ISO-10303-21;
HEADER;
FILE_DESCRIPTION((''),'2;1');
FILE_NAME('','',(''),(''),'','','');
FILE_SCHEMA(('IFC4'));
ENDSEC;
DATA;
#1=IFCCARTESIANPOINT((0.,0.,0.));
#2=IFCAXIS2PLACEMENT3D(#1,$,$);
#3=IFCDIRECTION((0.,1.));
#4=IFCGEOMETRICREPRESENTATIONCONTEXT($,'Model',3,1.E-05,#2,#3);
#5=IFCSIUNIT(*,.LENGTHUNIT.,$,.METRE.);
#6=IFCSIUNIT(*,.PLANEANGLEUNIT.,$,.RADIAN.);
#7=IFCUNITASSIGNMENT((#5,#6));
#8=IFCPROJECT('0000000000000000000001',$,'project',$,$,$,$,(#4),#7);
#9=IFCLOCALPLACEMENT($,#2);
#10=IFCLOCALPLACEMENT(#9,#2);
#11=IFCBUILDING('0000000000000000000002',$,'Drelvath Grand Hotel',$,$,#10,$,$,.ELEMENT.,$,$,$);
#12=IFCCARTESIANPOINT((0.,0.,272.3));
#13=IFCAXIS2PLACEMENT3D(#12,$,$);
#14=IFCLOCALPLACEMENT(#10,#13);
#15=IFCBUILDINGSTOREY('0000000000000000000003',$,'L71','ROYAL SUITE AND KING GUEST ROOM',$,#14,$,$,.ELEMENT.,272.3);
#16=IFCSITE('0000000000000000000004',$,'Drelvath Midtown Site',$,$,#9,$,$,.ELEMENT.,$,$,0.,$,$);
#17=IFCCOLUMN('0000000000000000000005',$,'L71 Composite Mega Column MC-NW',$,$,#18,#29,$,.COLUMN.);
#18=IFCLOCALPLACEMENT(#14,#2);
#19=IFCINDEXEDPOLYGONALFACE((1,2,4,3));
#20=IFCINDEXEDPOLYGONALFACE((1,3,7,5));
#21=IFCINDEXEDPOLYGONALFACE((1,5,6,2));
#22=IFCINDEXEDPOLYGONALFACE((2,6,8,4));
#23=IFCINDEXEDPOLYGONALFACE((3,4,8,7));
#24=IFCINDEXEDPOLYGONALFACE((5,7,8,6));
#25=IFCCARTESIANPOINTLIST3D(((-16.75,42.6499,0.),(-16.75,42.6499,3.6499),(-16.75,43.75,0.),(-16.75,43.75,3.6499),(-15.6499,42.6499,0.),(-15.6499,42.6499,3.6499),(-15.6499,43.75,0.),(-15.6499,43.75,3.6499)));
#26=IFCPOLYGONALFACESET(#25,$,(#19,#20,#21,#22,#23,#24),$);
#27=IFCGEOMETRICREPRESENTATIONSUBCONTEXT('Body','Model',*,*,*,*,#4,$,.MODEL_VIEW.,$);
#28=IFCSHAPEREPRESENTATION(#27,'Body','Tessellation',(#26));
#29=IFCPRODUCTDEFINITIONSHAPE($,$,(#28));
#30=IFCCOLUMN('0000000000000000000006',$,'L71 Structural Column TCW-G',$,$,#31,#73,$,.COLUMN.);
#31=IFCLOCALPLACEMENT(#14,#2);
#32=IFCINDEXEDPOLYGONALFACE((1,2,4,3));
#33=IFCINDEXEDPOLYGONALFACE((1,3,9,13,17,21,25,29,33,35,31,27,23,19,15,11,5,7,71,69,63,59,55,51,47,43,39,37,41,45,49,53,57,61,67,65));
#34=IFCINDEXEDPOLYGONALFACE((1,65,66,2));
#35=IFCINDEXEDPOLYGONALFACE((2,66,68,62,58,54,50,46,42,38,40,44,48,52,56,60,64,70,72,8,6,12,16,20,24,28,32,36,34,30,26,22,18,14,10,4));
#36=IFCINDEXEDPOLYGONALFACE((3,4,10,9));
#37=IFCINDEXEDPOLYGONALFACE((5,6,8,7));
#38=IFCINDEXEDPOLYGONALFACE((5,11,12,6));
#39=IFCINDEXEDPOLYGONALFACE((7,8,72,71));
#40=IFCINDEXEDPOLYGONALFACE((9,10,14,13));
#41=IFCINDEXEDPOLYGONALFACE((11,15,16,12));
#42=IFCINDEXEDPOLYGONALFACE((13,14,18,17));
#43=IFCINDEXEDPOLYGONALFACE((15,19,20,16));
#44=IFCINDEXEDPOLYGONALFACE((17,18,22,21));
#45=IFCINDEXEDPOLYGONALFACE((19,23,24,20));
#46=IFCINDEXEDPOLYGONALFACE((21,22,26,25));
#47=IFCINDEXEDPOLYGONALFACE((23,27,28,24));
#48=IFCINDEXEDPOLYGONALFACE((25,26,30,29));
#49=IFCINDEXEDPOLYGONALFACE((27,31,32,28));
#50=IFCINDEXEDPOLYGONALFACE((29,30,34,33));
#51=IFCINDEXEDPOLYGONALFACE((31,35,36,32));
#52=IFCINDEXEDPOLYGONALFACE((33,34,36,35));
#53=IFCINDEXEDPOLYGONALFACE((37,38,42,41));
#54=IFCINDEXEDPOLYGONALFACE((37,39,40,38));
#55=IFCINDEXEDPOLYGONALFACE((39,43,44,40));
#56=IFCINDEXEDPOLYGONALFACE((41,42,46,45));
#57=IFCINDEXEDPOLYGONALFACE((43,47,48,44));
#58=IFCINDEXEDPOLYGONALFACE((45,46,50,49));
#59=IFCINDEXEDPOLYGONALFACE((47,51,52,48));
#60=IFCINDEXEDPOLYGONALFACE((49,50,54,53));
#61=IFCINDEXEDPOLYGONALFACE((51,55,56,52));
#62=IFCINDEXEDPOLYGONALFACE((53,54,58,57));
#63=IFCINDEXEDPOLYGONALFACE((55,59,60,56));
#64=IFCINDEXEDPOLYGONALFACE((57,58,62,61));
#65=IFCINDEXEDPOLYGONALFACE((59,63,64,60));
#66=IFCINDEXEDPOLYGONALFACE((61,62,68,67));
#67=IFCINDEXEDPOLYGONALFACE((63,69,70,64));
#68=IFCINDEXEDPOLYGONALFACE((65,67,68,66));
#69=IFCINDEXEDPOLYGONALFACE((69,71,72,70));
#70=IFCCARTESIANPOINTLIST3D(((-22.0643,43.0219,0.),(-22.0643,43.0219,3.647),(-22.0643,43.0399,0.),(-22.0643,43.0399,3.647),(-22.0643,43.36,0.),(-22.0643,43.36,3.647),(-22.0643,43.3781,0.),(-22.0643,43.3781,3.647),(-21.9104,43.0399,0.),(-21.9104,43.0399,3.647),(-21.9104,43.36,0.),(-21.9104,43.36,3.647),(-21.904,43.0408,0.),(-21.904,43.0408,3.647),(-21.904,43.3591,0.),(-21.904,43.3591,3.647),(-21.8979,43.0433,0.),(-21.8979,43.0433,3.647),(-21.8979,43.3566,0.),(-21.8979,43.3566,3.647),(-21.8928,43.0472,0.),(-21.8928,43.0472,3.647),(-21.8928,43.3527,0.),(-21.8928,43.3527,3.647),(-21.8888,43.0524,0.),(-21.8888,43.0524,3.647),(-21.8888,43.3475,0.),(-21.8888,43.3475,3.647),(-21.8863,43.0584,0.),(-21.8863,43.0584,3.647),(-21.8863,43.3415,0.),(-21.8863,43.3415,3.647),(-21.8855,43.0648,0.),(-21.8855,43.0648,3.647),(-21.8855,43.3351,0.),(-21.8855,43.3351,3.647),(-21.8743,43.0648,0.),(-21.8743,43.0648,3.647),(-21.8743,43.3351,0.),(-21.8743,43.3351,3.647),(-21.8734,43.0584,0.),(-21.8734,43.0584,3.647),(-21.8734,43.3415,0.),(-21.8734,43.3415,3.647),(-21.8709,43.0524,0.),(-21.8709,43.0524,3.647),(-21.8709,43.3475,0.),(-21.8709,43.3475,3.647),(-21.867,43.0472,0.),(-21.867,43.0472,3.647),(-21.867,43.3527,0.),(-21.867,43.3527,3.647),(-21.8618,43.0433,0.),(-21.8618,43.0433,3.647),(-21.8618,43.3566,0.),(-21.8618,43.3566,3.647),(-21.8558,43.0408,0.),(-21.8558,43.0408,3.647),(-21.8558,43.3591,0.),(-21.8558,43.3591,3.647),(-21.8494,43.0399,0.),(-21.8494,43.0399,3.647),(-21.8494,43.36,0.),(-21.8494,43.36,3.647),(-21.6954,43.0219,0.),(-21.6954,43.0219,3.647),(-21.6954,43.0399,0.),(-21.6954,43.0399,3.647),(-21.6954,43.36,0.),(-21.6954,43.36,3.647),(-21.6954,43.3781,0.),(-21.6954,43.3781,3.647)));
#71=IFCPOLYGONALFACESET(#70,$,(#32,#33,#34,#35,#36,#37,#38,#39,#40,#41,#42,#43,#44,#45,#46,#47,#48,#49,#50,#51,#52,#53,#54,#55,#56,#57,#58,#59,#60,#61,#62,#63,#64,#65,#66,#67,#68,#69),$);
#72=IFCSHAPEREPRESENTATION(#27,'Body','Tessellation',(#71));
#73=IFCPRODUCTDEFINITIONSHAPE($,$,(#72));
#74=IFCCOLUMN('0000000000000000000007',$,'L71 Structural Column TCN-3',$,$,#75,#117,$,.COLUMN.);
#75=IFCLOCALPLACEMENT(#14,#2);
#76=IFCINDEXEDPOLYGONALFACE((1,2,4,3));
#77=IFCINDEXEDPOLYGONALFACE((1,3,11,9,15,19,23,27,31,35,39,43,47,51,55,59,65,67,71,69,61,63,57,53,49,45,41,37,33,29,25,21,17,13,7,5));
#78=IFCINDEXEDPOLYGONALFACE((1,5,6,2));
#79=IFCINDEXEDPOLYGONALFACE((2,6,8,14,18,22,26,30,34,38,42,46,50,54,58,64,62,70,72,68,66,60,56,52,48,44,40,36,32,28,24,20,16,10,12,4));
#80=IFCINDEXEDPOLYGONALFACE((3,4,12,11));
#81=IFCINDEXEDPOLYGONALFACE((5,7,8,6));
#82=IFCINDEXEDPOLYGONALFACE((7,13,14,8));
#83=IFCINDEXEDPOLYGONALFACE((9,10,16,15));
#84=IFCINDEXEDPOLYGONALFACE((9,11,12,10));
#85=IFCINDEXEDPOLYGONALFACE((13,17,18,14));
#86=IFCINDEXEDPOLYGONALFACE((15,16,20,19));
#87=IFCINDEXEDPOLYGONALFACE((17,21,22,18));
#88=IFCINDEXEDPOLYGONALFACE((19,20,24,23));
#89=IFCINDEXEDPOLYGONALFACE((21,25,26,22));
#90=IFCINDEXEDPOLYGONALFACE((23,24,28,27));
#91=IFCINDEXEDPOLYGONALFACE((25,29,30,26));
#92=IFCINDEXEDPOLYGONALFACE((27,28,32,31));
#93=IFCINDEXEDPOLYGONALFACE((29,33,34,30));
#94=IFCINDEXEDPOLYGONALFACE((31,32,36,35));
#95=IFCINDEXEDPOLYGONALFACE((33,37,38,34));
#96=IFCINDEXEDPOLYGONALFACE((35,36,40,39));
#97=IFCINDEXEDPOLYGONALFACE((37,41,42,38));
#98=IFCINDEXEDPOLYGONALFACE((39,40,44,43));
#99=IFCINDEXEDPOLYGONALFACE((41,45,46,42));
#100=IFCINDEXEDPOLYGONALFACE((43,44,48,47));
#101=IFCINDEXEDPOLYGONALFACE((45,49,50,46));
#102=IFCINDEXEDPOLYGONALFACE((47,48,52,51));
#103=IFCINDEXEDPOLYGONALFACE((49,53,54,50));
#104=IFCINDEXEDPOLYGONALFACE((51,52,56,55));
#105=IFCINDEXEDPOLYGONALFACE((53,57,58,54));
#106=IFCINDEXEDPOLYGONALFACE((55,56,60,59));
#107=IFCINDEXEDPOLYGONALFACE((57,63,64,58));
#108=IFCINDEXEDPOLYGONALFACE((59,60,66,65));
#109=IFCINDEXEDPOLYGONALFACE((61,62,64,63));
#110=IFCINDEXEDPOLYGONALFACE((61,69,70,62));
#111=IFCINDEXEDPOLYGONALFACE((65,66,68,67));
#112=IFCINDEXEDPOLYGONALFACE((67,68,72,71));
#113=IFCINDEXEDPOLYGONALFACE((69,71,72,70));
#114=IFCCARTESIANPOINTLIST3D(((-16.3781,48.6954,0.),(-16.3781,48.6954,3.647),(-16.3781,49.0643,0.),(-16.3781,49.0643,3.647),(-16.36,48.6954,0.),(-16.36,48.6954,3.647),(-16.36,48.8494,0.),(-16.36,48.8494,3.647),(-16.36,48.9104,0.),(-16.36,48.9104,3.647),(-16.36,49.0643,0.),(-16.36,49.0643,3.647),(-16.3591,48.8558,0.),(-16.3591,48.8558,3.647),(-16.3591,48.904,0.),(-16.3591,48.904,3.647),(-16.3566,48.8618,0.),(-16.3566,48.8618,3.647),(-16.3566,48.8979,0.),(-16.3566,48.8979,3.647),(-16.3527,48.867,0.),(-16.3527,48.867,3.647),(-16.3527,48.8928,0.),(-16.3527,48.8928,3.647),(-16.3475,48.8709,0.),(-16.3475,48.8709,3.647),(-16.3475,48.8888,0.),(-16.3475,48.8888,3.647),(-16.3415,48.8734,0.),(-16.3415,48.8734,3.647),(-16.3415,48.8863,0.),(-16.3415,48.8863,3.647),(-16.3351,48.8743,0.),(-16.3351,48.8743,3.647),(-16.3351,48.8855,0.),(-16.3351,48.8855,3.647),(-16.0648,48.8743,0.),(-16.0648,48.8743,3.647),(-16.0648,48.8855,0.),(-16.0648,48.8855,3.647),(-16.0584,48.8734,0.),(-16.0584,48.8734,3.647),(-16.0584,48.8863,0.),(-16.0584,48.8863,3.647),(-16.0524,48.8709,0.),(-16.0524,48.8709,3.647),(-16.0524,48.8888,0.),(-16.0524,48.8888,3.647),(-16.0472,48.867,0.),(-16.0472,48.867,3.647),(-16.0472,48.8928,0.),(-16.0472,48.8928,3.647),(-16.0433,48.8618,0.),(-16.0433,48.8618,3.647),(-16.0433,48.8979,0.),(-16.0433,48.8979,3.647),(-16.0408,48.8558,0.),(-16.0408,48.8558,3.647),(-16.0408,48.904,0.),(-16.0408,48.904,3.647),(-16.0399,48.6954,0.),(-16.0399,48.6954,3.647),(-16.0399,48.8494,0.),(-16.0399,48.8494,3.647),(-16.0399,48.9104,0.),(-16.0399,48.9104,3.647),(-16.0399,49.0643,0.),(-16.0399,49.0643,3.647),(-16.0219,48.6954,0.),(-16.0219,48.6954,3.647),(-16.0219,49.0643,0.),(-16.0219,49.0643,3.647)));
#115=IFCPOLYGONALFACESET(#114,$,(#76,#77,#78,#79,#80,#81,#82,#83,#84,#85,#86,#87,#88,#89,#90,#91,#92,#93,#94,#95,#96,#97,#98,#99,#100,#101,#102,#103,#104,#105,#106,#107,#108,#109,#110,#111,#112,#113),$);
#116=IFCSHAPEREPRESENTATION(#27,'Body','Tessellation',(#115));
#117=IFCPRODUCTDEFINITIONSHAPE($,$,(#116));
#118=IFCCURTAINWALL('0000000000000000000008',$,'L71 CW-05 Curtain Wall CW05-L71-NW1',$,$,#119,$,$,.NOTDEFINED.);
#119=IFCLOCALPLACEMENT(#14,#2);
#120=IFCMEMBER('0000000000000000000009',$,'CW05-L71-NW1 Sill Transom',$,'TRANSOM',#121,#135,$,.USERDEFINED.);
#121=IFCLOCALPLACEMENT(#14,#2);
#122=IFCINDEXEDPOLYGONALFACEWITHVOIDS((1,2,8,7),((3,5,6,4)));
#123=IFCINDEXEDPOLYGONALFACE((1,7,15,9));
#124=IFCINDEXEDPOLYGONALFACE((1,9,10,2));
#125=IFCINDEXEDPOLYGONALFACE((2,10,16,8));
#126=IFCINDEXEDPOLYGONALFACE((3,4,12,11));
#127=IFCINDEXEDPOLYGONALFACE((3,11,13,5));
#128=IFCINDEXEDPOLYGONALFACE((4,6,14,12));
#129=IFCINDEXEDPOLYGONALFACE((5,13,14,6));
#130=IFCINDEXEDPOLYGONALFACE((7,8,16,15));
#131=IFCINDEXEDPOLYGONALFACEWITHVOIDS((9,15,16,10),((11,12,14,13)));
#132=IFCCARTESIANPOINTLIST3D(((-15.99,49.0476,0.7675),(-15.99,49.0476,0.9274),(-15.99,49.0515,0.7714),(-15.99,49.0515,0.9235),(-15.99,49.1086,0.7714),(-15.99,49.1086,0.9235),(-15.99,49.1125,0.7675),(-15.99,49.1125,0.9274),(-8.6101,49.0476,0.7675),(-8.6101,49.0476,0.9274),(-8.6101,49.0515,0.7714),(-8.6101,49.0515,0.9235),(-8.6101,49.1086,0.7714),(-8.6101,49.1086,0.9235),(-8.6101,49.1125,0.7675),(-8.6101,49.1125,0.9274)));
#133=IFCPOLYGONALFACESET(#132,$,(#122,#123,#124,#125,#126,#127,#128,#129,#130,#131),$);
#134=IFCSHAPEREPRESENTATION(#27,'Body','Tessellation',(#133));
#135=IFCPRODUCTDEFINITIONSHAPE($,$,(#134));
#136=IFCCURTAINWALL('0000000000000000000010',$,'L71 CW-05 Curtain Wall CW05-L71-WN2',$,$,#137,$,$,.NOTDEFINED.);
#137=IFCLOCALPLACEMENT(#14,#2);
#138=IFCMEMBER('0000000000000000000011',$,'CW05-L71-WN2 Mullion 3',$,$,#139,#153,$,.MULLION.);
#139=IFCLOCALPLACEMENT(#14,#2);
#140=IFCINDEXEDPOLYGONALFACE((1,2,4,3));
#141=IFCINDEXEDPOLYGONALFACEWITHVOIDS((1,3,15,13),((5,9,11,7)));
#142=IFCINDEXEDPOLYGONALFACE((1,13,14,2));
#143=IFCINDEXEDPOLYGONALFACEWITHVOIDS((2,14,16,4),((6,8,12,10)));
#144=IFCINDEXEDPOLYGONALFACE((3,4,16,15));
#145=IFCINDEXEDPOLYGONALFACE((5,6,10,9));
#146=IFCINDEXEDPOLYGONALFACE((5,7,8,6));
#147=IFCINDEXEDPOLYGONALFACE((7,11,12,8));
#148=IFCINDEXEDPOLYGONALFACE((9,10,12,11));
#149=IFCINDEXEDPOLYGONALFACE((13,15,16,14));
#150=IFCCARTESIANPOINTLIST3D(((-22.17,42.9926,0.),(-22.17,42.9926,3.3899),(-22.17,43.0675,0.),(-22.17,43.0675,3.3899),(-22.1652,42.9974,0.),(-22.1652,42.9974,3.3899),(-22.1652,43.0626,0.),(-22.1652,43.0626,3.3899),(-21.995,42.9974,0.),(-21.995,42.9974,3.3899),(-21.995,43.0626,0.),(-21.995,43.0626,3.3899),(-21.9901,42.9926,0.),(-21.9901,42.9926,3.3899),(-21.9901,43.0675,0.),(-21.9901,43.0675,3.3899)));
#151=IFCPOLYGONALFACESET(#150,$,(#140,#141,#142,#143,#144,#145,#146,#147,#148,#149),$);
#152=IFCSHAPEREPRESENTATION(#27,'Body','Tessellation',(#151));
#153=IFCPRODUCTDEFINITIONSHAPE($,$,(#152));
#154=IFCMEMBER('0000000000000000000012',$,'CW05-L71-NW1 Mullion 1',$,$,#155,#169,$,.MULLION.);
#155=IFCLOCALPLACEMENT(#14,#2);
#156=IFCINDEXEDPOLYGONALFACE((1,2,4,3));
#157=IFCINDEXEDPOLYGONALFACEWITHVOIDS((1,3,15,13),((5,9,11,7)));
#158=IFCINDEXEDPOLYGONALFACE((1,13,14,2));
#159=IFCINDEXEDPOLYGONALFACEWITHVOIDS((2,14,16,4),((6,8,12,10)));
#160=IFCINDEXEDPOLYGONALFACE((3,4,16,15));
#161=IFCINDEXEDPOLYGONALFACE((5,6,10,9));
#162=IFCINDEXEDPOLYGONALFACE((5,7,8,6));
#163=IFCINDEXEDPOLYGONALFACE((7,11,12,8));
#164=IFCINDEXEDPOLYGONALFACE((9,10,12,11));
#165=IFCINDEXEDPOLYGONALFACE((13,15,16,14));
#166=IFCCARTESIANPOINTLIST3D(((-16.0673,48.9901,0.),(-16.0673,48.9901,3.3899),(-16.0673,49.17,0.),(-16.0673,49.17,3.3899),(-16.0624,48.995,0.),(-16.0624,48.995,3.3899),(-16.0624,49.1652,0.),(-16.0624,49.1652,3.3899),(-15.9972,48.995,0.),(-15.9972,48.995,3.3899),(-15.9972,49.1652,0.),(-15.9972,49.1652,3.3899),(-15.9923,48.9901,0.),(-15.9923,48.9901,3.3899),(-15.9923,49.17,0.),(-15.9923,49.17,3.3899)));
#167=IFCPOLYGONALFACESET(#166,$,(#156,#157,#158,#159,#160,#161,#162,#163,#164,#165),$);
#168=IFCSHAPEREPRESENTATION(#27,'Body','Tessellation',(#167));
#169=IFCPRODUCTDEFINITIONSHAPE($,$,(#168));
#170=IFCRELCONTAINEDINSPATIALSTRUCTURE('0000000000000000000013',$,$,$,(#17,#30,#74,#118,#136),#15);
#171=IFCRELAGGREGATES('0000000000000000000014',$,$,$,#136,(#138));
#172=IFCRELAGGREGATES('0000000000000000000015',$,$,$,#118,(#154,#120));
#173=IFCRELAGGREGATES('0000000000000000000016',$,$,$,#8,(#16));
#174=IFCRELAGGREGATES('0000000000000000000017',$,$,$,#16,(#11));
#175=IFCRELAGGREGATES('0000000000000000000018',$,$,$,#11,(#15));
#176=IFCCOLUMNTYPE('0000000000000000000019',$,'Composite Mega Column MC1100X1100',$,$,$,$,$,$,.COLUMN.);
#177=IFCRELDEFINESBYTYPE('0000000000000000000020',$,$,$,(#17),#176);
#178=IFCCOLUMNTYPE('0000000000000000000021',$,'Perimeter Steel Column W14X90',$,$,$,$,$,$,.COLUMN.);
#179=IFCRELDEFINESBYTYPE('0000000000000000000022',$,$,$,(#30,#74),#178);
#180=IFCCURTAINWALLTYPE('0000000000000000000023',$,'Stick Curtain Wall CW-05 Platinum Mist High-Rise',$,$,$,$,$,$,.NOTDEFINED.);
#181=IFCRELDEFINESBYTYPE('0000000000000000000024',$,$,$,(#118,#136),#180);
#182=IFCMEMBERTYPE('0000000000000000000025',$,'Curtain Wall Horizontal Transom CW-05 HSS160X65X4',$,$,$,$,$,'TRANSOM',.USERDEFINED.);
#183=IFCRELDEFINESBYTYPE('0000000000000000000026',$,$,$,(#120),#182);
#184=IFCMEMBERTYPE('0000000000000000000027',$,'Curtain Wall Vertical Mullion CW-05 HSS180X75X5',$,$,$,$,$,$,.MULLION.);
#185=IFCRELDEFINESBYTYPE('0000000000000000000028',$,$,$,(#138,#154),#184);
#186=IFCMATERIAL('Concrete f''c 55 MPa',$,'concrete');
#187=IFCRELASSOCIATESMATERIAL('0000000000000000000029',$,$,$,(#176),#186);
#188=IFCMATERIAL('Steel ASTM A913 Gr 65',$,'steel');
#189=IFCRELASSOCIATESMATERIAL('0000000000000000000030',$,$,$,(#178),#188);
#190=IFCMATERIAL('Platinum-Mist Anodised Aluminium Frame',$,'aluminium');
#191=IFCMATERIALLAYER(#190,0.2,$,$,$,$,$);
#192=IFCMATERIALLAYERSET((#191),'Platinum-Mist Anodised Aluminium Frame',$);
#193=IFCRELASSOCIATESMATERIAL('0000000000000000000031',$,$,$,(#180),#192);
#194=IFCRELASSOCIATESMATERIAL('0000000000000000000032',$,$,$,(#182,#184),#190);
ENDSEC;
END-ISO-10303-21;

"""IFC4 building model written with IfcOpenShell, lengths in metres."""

from ifc_helpers import new_model, si_unit, direction, frame, origin, origin_2d, place, context, subcontext, project, spatial, rectangle, hollow_rectangle, i_section, extrude, material, layer, layer_set, material_profile, profile_set, type_object, element, aggregate, save


model = new_model("IFC4")

# Units and contexts
model_context = context("Model", 3, precision=1e-05, world=origin(), true_north=direction((0.0, 1.0)))
body_context = subcontext(model_context, "Body", "Model", "MODEL_VIEW")
ifc_project = project(units=[si_unit("LENGTHUNIT", "METRE"), si_unit("PLANEANGLEUNIT", "RADIAN")], contexts=[model_context])

# Site, building, storey
site_placement = place(None, origin())
site = spatial("IfcSite", under=ifc_project, at=site_placement, Name="Drelvath Midtown Site", CompositionType="ELEMENT", RefElevation=0.0)
building_placement = place(site_placement, origin())
building = spatial("IfcBuilding", under=site, at=building_placement, Name="Drelvath Grand Hotel", CompositionType="ELEMENT")
storey_placement = place(building_placement, frame((0.0, 0.0, 272.3)))
storey = spatial("IfcBuildingStorey", under=building, at=storey_placement, Name="L71", Description="ROYAL SUITE AND KING GUEST ROOM", CompositionType="ELEMENT", Elevation=272.3)

# Columns
ifc_material_1 = material(Name="Concrete f'c 55 MPa", Category="concrete")
ifc_material_profile_1 = material_profile(ifc_material_1, rectangle(XDim=1.1001, YDim=1.1001, at=origin_2d()), Name="MC1100X1100")
ifc_profile_set_1 = profile_set([ifc_material_profile_1], Name="Concrete f'c 55 MPa")
column_type_1 = type_object("IfcColumnType", Name="Composite Mega Column MC1100X1100", PredefinedType="COLUMN", material=ifc_profile_set_1)
column_placement = place(storey_placement, frame((-16.2, 43.2, 0.0), z_axis=(0.0, 0.0, 1.0), x_axis=(1.0, 0.0, 0.0)))
element("IfcColumn", 1, at=column_placement, inside=storey, type_object=column_type_1, Name="L71 Composite Mega Column MC-NW", PredefinedType="COLUMN", context=body_context, shape_type="SweptSolid", body=[
    extrude(rectangle(XDim=1.1001, YDim=1.1001, at=origin_2d()), origin(), (0.0, 0.0, 1.0), 3.6499),
])
ifc_material_2 = material(Name="Steel ASTM A913 Gr 65", Category="steel")
ifc_material_profile_2 = material_profile(ifc_material_2, i_section(OverallWidth=0.3689, OverallDepth=0.3562, WebThickness=0.0112, FlangeThickness=0.0181, FilletRadius=0.0249, at=origin_2d()), Name="W14X90")
ifc_profile_set_2 = profile_set([ifc_material_profile_2], Name="Steel ASTM A913 Gr 65")
column_type_2 = type_object("IfcColumnType", Name="Perimeter Steel Column W14X90", PredefinedType="COLUMN", material=ifc_profile_set_2)
for number, where, z_axis, x_axis, name in (
    (2, (-21.8799, 43.2, 0.0), (0.0, 0.0, 1.0), (1.0, 0.0, 0.0), "L71 Structural Column TCW-G"),
    (3, (-16.2, 48.8799, 0.0), (0.0, 0.0, 1.0), (0.0, 1.0, 0.0), "L71 Structural Column TCN-3"),
):
    element("IfcColumn", number, at=place(storey_placement, frame(where, z_axis=z_axis, x_axis=x_axis)), inside=storey, type_object=column_type_2, Name=name, PredefinedType="COLUMN", context=body_context, shape_type="SweptSolid", body=[
        extrude(i_section(OverallWidth=0.3689, OverallDepth=0.3562, WebThickness=0.0112, FlangeThickness=0.0181, FilletRadius=0.0249, at=origin_2d()), origin(), (0.0, 0.0, 1.0), 3.647),
    ])

# Curtain walls, members
ifc_material_3 = material(Name="Platinum-Mist Anodised Aluminium Frame", Category="aluminium")
ifc_layer_1 = layer(ifc_material_3, 0.2)
ifc_layer_set_1 = layer_set([ifc_layer_1], Name="Platinum-Mist Anodised Aluminium Frame")
curtain_wall_type = type_object("IfcCurtainWallType", Name="Stick Curtain Wall CW-05 Platinum Mist High-Rise", PredefinedType="NOTDEFINED", material=ifc_layer_set_1)
curtain_wall_1_placement = place(storey_placement, origin())
curtain_wall_1 = element("IfcCurtainWall", 4, at=curtain_wall_1_placement, inside=storey, type_object=curtain_wall_type, Name="L71 CW-05 Curtain Wall CW05-L71-NW1", PredefinedType="NOTDEFINED")
ifc_material_profile_3 = material_profile(ifc_material_3, hollow_rectangle(XDim=0.0649, YDim=0.1599, WallThickness=0.0039, at=origin_2d()), Name="HSS160X65X4")
ifc_profile_set_3 = profile_set([ifc_material_profile_3], Name="Platinum-Mist Anodised Aluminium Frame")
member_type_1 = type_object("IfcMemberType", Name="Curtain Wall Horizontal Transom CW-05 HSS160X65X4", ElementType="TRANSOM", PredefinedType="USERDEFINED", material=ifc_profile_set_3)
member_1_placement = place(storey_placement, frame((-15.99, 49.0801, 0.8474), z_axis=(1.0, 0.0, 0.0), x_axis=(0.0, 1.0, 0.0)))
member_1 = element("IfcMember", 5, at=member_1_placement, type_object=member_type_1, Name="CW05-L71-NW1 Sill Transom", ObjectType="TRANSOM", PredefinedType="USERDEFINED", context=body_context, shape_type="SweptSolid", body=[
    extrude(hollow_rectangle(XDim=0.0649, YDim=0.1599, WallThickness=0.0039, at=origin_2d()), origin(), (0.0, 0.0, 1.0), 7.3799),
])
curtain_wall_2_placement = place(storey_placement, origin())
curtain_wall_2 = element("IfcCurtainWall", 6, at=curtain_wall_2_placement, inside=storey, type_object=curtain_wall_type, Name="L71 CW-05 Curtain Wall CW05-L71-WN2", PredefinedType="NOTDEFINED")
ifc_material_profile_4 = material_profile(ifc_material_3, hollow_rectangle(XDim=0.075, YDim=0.1799, WallThickness=0.0049, at=origin_2d()), Name="HSS180X75X5")
ifc_profile_set_4 = profile_set([ifc_material_profile_4], Name="Platinum-Mist Anodised Aluminium Frame")
member_type_2 = type_object("IfcMemberType", Name="Curtain Wall Vertical Mullion CW-05 HSS180X75X5", PredefinedType="MULLION", material=ifc_profile_set_4)
member_2_placement = place(storey_placement, frame((-22.0801, 43.03, 0.0), z_axis=(0.0, 0.0, 1.0), x_axis=(0.0, 1.0, 0.0)))
member_2 = element("IfcMember", 7, at=member_2_placement, type_object=member_type_2, Name="CW05-L71-WN2 Mullion 3", PredefinedType="MULLION", context=body_context, shape_type="SweptSolid", body=[
    extrude(hollow_rectangle(XDim=0.075, YDim=0.1799, WallThickness=0.0049, at=origin_2d()), origin(), (0.0, 0.0, 1.0), 3.3899),
])
aggregate(curtain_wall_2, [member_2])

# Member
member_3_placement = place(storey_placement, frame((-16.0298, 49.0801, 0.0), z_axis=(0.0, 0.0, 1.0), x_axis=(1.0, 0.0, 0.0)))
member_3 = element("IfcMember", 8, at=member_3_placement, type_object=member_type_2, Name="CW05-L71-NW1 Mullion 1", PredefinedType="MULLION", context=body_context, shape_type="SweptSolid", body=[
    extrude(hollow_rectangle(XDim=0.075, YDim=0.1799, WallThickness=0.0049, at=origin_2d()), origin(), (0.0, 0.0, 1.0), 3.3899),
])
aggregate(curtain_wall_1, [member_3, member_1])

save(model, "model.ifc")
